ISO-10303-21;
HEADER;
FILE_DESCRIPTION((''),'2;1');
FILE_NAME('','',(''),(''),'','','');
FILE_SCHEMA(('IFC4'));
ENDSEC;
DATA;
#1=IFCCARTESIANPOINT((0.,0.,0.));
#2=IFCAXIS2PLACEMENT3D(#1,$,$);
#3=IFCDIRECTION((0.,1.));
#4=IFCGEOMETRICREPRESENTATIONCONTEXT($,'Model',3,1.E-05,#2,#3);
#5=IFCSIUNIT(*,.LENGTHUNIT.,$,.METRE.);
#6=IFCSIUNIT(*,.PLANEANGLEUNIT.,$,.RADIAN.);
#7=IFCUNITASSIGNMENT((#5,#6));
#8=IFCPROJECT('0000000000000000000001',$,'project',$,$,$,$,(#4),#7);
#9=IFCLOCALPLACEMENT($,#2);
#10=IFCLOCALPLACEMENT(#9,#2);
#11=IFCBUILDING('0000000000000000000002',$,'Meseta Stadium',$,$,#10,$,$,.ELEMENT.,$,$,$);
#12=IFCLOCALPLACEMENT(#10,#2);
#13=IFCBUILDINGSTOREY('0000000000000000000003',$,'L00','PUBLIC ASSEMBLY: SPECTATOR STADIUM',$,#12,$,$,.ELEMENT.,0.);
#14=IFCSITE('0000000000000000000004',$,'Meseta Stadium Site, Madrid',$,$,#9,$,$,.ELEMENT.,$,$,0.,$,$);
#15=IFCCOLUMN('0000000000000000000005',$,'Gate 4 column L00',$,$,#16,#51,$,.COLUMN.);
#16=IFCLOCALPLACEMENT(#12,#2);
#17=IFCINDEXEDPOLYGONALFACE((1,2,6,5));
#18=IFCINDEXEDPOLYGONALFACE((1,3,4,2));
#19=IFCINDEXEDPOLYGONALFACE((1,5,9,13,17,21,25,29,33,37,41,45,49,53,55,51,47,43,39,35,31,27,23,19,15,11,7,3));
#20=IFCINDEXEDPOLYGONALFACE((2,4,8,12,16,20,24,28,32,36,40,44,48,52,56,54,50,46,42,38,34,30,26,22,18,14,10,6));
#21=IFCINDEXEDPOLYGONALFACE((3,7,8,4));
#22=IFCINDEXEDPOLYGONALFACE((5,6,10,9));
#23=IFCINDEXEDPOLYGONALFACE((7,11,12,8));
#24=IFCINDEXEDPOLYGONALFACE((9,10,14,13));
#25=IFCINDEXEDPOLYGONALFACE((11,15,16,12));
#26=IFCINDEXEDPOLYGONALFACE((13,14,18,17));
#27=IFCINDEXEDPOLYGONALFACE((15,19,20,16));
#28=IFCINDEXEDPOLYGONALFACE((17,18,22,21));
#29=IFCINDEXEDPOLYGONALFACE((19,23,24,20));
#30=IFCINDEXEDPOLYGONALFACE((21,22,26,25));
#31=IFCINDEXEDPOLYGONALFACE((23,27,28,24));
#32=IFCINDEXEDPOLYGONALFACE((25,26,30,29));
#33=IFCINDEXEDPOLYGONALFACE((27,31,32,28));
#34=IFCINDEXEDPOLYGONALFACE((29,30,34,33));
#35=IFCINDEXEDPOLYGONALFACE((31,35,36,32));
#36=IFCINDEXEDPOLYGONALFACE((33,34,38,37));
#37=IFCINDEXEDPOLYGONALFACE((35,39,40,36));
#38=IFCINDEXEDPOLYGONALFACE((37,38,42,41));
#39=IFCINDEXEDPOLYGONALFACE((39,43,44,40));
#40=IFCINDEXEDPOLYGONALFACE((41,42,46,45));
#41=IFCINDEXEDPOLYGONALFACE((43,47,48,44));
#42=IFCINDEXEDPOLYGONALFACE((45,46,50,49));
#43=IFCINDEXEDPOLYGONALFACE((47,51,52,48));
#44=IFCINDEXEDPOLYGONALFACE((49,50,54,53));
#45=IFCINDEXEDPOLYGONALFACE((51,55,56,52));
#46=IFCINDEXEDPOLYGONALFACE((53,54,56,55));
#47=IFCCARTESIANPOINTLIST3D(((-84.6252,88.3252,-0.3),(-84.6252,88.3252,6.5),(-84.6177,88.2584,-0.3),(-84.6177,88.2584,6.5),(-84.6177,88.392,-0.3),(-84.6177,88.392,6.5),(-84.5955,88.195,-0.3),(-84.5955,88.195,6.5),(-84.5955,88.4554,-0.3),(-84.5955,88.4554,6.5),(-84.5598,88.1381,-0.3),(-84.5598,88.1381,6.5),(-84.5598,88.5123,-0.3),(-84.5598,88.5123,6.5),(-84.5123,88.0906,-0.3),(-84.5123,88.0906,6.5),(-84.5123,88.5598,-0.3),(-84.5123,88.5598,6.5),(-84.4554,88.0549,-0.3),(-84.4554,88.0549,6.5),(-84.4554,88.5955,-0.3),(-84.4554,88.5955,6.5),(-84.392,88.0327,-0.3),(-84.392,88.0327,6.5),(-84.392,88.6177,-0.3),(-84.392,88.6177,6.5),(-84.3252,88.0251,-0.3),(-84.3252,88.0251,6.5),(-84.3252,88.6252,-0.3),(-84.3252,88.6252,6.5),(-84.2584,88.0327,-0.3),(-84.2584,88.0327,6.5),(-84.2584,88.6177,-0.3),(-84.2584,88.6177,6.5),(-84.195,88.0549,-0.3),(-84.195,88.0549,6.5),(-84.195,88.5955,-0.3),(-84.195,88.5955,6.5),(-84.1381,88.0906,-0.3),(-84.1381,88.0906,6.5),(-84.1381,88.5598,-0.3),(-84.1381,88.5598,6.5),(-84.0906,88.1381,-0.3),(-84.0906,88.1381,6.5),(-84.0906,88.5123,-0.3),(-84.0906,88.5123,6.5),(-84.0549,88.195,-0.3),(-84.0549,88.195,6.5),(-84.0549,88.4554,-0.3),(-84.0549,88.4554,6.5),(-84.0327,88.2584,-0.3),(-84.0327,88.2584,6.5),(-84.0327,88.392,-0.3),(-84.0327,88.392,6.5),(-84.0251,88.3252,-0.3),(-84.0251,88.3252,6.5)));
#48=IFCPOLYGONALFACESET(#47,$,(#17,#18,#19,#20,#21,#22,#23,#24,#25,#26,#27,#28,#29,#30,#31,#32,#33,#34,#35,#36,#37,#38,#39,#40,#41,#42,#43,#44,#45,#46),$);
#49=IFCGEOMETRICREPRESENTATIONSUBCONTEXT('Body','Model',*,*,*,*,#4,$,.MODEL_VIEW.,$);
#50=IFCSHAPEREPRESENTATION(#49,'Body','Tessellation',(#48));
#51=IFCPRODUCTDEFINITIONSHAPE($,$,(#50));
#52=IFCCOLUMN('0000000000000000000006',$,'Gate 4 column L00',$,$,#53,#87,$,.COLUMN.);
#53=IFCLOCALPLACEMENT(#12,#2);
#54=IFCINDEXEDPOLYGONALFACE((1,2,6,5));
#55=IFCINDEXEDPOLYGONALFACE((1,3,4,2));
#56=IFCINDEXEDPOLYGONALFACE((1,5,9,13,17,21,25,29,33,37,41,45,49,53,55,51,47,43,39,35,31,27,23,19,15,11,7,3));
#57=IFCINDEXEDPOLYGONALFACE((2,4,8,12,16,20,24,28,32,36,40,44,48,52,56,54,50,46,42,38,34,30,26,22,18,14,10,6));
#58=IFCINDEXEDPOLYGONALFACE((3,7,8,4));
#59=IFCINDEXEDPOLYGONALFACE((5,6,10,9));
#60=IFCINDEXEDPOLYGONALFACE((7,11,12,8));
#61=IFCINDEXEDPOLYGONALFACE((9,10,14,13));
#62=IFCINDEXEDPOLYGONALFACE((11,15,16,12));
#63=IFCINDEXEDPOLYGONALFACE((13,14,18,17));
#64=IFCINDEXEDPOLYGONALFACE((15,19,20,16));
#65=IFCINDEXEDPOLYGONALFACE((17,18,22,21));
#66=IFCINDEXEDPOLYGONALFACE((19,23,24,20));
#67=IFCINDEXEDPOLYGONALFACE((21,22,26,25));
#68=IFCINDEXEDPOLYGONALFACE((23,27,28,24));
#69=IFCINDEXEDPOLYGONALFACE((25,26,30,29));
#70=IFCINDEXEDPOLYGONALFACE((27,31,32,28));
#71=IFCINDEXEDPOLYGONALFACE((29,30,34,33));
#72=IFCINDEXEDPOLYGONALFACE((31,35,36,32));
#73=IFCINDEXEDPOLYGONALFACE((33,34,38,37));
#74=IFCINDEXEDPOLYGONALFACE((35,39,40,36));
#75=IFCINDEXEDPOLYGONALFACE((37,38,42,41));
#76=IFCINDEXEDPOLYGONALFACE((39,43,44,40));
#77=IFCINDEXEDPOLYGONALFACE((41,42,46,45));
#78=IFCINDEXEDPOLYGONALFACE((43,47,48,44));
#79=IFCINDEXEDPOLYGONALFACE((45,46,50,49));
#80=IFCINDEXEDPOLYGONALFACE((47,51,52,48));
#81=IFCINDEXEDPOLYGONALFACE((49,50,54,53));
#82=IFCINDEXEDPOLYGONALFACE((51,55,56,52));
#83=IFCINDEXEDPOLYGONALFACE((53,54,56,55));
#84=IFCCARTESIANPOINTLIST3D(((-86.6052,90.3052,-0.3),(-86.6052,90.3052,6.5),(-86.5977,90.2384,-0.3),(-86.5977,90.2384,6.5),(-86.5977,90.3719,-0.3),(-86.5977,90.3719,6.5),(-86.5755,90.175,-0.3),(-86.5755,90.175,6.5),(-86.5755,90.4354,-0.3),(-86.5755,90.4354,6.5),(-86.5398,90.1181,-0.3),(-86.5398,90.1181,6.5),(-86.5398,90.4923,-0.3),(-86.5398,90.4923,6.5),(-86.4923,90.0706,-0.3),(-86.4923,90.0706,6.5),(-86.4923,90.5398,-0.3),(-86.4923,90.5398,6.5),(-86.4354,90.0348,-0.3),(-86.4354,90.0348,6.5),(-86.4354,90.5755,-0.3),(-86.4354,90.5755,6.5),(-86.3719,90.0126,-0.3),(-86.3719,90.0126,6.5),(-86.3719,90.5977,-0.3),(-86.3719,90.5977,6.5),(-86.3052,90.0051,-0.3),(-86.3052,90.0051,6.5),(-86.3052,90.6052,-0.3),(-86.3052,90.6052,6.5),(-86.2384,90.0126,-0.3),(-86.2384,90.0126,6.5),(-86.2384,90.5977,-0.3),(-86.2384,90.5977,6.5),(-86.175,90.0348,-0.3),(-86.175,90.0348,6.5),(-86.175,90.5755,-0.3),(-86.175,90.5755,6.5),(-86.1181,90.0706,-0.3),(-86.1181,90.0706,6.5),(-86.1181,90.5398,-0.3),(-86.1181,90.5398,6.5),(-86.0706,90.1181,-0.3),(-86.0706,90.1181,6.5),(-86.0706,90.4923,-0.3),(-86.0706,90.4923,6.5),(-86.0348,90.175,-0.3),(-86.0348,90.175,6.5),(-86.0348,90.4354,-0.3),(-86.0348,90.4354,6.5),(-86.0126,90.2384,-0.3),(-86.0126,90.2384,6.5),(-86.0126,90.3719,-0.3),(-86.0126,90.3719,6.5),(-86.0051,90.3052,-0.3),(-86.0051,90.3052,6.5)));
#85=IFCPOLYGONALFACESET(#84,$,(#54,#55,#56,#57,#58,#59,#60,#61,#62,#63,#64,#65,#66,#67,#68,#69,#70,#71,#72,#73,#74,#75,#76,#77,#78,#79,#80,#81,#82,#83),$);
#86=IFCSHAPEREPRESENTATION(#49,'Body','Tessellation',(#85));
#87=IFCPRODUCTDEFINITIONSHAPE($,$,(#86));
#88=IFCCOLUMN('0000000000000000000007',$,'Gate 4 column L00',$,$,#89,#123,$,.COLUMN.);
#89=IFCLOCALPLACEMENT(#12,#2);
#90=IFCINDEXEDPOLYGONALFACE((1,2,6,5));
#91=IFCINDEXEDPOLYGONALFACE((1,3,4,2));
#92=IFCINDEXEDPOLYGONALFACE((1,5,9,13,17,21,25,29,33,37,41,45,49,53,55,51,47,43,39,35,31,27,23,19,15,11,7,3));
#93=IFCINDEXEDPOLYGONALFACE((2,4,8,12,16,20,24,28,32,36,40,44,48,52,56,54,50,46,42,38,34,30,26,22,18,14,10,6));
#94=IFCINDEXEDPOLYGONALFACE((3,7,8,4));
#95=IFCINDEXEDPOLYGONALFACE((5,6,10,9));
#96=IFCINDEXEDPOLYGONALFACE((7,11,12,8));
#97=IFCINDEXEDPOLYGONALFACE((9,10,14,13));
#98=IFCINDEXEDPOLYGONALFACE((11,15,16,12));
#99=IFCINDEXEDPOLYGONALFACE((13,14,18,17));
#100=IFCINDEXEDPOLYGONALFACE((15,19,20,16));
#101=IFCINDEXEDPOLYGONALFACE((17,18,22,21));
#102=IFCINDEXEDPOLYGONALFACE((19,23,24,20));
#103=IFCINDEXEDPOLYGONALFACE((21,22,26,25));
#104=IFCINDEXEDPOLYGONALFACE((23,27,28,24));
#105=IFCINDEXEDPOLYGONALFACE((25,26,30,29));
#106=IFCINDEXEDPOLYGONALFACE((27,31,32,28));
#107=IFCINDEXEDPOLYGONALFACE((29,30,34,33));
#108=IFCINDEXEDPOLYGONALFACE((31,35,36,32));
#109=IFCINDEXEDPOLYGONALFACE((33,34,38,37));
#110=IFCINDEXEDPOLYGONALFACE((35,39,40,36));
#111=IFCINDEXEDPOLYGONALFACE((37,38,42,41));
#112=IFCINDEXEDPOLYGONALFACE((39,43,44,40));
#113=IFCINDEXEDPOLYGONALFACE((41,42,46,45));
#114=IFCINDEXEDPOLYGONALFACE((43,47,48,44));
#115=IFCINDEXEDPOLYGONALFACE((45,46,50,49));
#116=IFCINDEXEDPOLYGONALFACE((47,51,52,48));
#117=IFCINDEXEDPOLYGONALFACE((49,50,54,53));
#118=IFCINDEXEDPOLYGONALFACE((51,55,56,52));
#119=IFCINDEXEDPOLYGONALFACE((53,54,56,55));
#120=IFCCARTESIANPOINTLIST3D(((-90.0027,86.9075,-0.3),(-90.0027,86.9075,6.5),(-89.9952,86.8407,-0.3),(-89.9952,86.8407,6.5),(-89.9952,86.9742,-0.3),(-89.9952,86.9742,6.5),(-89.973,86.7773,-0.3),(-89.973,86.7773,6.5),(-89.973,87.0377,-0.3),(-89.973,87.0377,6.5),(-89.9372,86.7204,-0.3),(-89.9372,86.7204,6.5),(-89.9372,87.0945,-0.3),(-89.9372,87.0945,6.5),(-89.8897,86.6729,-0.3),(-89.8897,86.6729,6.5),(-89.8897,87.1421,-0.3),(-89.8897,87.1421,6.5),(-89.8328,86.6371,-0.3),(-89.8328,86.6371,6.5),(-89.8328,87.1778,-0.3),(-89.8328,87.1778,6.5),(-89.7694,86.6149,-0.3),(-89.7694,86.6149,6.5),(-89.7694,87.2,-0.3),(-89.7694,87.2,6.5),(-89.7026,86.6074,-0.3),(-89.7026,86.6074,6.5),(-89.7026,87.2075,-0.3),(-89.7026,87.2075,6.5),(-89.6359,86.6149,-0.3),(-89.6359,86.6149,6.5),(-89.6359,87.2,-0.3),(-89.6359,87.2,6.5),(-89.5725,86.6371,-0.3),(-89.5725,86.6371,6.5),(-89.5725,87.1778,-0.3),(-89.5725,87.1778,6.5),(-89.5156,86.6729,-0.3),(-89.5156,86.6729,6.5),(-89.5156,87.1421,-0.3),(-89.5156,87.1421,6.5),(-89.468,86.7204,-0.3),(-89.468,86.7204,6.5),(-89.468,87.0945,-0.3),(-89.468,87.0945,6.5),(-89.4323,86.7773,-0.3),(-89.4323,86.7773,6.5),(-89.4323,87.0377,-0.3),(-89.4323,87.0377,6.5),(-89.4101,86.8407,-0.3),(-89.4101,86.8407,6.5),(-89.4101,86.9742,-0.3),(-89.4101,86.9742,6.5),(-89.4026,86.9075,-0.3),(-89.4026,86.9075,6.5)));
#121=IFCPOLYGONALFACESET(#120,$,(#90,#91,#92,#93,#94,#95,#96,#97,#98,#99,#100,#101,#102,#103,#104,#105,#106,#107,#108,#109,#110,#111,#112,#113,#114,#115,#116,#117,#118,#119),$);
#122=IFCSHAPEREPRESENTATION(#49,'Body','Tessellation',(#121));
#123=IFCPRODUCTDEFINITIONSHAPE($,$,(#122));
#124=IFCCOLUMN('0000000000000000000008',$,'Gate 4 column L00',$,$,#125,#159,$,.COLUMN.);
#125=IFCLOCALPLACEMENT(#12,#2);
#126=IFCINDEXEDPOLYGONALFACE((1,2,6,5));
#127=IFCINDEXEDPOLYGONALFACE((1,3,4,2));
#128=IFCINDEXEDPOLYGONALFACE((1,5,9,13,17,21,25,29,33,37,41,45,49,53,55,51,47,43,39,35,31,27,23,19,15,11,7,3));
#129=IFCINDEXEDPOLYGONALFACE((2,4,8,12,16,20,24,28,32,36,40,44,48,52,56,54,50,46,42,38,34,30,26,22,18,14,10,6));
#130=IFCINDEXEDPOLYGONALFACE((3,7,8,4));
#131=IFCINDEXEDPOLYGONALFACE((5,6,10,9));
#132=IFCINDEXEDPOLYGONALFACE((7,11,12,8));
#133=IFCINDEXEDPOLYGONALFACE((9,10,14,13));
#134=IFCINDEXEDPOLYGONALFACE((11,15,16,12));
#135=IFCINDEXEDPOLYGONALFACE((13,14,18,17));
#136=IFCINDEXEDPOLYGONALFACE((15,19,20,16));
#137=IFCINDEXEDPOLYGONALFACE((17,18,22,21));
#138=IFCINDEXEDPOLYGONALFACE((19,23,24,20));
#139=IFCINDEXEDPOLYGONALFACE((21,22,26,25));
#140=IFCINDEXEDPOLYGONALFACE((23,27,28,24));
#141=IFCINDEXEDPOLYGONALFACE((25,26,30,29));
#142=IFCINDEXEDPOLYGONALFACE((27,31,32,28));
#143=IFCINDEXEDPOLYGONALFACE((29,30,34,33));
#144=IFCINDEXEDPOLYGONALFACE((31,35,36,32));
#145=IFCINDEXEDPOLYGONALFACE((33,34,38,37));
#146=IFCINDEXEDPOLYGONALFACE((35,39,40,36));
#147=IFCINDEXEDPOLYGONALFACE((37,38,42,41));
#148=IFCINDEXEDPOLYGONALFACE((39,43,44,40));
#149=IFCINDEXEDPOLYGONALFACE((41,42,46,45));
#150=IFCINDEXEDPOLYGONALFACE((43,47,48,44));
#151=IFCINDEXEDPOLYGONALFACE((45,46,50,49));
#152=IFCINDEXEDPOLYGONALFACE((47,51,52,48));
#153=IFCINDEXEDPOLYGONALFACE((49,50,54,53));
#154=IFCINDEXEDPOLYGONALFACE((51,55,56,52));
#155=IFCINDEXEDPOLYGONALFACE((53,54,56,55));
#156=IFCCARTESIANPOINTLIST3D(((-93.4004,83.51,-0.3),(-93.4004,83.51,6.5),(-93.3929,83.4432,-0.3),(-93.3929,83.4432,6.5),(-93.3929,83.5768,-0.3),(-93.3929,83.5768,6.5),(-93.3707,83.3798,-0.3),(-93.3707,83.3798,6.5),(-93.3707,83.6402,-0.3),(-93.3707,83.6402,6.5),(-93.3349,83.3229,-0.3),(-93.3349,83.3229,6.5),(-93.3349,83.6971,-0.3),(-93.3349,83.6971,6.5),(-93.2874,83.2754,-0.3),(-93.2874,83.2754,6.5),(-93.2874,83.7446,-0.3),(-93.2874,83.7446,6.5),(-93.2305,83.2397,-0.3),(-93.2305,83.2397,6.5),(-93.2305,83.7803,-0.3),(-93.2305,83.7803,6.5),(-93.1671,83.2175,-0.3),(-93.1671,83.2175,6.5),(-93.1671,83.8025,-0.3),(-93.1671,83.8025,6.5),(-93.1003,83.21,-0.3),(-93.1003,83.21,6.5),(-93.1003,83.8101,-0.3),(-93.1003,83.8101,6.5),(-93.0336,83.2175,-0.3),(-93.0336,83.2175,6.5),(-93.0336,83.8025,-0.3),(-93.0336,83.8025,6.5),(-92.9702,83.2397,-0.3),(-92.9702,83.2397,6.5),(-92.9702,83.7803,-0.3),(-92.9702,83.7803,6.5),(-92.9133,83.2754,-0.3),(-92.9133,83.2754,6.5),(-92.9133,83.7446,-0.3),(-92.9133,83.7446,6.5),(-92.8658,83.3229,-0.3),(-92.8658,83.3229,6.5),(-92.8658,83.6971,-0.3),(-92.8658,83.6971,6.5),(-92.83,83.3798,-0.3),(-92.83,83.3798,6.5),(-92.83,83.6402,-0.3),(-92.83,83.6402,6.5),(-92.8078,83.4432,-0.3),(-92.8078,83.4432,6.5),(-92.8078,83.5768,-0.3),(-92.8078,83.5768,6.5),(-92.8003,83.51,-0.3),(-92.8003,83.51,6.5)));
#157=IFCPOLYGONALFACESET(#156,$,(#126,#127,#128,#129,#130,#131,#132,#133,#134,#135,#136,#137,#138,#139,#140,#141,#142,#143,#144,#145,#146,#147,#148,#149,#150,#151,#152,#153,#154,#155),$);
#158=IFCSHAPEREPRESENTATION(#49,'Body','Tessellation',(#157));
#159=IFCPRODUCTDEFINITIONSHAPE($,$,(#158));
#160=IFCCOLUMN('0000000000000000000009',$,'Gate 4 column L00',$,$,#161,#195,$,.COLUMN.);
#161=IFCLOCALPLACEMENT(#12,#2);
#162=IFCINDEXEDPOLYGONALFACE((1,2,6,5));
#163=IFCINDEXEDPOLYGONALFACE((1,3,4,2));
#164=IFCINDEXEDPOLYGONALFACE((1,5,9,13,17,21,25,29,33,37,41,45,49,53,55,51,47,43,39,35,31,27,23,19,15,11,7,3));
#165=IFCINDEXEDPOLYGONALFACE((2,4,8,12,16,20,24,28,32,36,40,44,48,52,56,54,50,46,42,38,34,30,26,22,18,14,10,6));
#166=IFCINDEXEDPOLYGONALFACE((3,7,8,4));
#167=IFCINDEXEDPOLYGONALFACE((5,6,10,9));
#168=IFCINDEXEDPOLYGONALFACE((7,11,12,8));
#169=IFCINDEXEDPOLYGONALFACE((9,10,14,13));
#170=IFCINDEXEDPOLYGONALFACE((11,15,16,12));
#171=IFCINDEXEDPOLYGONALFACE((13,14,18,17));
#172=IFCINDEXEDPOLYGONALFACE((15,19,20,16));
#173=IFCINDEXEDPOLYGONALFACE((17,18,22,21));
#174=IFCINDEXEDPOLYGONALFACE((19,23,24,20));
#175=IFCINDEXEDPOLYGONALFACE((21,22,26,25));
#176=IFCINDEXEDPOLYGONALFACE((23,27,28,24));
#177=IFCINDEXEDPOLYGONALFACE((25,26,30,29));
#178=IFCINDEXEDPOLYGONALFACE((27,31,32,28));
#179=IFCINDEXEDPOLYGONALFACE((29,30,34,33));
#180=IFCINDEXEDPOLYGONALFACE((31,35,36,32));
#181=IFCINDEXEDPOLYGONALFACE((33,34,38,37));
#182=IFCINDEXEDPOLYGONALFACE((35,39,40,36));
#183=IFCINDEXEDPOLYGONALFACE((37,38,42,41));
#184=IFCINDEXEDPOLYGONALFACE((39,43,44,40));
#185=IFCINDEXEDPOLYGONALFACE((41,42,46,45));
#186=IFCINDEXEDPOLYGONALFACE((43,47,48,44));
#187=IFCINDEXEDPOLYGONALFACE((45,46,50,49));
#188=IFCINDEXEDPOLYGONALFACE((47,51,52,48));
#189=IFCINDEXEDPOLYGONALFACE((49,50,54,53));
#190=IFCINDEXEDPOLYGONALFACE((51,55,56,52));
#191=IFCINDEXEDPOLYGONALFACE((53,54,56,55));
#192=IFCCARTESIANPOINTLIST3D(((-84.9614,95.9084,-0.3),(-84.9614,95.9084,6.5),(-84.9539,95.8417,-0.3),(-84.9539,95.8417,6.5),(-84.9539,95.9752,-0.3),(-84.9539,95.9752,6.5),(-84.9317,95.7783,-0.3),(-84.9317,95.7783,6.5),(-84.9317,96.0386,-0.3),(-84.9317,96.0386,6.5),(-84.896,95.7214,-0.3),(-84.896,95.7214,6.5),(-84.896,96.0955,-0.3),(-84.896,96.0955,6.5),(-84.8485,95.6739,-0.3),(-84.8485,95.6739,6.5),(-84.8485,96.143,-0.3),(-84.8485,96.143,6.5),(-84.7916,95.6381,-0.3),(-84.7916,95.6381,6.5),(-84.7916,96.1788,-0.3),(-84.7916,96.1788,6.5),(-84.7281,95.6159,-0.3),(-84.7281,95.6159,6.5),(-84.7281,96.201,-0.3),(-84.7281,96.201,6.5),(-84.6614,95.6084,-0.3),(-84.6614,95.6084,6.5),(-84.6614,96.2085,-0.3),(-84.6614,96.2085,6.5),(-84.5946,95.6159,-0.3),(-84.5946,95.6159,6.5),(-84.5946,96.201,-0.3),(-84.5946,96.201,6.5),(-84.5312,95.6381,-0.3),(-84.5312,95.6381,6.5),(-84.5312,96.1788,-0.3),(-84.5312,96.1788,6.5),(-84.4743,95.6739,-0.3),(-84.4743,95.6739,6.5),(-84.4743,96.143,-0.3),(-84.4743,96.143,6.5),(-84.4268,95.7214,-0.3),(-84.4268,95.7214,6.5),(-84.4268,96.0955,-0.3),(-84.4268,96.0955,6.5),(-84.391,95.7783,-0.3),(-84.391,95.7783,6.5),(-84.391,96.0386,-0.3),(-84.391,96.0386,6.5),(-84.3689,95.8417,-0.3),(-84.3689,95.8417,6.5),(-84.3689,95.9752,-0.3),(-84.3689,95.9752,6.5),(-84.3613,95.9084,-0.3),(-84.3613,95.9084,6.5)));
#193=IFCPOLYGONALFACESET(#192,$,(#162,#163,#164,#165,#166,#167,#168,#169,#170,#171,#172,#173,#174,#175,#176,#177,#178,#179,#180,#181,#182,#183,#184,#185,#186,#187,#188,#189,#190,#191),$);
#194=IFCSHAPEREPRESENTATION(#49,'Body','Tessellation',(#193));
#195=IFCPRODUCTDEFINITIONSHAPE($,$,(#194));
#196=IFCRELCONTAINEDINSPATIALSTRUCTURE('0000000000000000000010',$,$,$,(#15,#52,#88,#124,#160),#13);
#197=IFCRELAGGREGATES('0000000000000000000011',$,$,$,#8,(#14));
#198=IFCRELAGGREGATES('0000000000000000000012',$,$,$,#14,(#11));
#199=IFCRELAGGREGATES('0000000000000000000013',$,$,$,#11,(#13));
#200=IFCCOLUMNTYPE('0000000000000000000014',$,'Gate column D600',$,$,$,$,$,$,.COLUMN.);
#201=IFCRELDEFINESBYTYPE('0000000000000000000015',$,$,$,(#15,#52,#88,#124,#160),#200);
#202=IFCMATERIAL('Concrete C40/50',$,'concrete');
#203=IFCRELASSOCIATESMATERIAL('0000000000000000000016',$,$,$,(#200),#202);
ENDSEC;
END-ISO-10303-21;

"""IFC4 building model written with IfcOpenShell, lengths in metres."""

from ifc_helpers import new_model, si_unit, direction, frame, origin, origin_2d, place, context, subcontext, project, spatial, circle, extrude, material, material_profile, profile_set, type_object, element, save


model = new_model("IFC4")

# Units and contexts
model_context = context("Model", 3, precision=1e-05, world=origin(), true_north=direction((0.0, 1.0)))
body_context = subcontext(model_context, "Body", "Model", "MODEL_VIEW")
ifc_project = project(units=[si_unit("LENGTHUNIT", "METRE"), si_unit("PLANEANGLEUNIT", "RADIAN")], contexts=[model_context])

# Site, building, storey
site_placement = place(None, origin())
site = spatial("IfcSite", under=ifc_project, at=site_placement, Name="Meseta Stadium Site, Madrid", CompositionType="ELEMENT", RefElevation=0.0)
building_placement = place(site_placement, origin())
building = spatial("IfcBuilding", under=site, at=building_placement, Name="Meseta Stadium", CompositionType="ELEMENT")
storey_placement = place(building_placement, origin())
storey = spatial("IfcBuildingStorey", under=building, at=storey_placement, Name="L00", Description="PUBLIC ASSEMBLY: SPECTATOR STADIUM", CompositionType="ELEMENT", Elevation=0.0)

# Columns
ifc_material_1 = material(Name="Concrete C40/50", Category="concrete")
ifc_material_profile_1 = material_profile(ifc_material_1, circle(Radius=0.3, at=origin_2d()), Name="RC D600")
ifc_profile_set_1 = profile_set([ifc_material_profile_1], Name="Concrete C40/50")
column_type_1 = type_object("IfcColumnType", Name="Gate column D600", PredefinedType="COLUMN", material=ifc_profile_set_1)
for number, where, z_axis, x_axis, name in (
    (1, (-84.3252, 88.3252, -0.3), (0.0, 0.0, 1.0), (1.0, 0.0, 0.0), "Gate 4 column L00"),
    (2, (-86.3052, 90.3052, -0.3), (0.0, 0.0, 1.0), (1.0, 0.0, 0.0), "Gate 4 column L00"),
    (3, (-89.7026, 86.9075, -0.3), (0.0, 0.0, 1.0), (1.0, 0.0, 0.0), "Gate 4 column L00"),
    (4, (-93.1003, 83.51, -0.3), (0.0, 0.0, 1.0), (1.0, 0.0, 0.0), "Gate 4 column L00"),
    (5, (-84.6614, 95.9084, -0.3), (0.0, 0.0, 1.0), (1.0, 0.0, 0.0), "Gate 4 column L00"),
):
    element("IfcColumn", number, at=place(storey_placement, frame(where, z_axis=z_axis, x_axis=x_axis)), inside=storey, type_object=column_type_1, Name=name, PredefinedType="COLUMN", context=body_context, shape_type="SweptSolid", body=[
        extrude(circle(Radius=0.3, at=origin_2d()), origin(), (0.0, 0.0, 1.0), 6.8),
    ])

save(model, "model.ifc")
